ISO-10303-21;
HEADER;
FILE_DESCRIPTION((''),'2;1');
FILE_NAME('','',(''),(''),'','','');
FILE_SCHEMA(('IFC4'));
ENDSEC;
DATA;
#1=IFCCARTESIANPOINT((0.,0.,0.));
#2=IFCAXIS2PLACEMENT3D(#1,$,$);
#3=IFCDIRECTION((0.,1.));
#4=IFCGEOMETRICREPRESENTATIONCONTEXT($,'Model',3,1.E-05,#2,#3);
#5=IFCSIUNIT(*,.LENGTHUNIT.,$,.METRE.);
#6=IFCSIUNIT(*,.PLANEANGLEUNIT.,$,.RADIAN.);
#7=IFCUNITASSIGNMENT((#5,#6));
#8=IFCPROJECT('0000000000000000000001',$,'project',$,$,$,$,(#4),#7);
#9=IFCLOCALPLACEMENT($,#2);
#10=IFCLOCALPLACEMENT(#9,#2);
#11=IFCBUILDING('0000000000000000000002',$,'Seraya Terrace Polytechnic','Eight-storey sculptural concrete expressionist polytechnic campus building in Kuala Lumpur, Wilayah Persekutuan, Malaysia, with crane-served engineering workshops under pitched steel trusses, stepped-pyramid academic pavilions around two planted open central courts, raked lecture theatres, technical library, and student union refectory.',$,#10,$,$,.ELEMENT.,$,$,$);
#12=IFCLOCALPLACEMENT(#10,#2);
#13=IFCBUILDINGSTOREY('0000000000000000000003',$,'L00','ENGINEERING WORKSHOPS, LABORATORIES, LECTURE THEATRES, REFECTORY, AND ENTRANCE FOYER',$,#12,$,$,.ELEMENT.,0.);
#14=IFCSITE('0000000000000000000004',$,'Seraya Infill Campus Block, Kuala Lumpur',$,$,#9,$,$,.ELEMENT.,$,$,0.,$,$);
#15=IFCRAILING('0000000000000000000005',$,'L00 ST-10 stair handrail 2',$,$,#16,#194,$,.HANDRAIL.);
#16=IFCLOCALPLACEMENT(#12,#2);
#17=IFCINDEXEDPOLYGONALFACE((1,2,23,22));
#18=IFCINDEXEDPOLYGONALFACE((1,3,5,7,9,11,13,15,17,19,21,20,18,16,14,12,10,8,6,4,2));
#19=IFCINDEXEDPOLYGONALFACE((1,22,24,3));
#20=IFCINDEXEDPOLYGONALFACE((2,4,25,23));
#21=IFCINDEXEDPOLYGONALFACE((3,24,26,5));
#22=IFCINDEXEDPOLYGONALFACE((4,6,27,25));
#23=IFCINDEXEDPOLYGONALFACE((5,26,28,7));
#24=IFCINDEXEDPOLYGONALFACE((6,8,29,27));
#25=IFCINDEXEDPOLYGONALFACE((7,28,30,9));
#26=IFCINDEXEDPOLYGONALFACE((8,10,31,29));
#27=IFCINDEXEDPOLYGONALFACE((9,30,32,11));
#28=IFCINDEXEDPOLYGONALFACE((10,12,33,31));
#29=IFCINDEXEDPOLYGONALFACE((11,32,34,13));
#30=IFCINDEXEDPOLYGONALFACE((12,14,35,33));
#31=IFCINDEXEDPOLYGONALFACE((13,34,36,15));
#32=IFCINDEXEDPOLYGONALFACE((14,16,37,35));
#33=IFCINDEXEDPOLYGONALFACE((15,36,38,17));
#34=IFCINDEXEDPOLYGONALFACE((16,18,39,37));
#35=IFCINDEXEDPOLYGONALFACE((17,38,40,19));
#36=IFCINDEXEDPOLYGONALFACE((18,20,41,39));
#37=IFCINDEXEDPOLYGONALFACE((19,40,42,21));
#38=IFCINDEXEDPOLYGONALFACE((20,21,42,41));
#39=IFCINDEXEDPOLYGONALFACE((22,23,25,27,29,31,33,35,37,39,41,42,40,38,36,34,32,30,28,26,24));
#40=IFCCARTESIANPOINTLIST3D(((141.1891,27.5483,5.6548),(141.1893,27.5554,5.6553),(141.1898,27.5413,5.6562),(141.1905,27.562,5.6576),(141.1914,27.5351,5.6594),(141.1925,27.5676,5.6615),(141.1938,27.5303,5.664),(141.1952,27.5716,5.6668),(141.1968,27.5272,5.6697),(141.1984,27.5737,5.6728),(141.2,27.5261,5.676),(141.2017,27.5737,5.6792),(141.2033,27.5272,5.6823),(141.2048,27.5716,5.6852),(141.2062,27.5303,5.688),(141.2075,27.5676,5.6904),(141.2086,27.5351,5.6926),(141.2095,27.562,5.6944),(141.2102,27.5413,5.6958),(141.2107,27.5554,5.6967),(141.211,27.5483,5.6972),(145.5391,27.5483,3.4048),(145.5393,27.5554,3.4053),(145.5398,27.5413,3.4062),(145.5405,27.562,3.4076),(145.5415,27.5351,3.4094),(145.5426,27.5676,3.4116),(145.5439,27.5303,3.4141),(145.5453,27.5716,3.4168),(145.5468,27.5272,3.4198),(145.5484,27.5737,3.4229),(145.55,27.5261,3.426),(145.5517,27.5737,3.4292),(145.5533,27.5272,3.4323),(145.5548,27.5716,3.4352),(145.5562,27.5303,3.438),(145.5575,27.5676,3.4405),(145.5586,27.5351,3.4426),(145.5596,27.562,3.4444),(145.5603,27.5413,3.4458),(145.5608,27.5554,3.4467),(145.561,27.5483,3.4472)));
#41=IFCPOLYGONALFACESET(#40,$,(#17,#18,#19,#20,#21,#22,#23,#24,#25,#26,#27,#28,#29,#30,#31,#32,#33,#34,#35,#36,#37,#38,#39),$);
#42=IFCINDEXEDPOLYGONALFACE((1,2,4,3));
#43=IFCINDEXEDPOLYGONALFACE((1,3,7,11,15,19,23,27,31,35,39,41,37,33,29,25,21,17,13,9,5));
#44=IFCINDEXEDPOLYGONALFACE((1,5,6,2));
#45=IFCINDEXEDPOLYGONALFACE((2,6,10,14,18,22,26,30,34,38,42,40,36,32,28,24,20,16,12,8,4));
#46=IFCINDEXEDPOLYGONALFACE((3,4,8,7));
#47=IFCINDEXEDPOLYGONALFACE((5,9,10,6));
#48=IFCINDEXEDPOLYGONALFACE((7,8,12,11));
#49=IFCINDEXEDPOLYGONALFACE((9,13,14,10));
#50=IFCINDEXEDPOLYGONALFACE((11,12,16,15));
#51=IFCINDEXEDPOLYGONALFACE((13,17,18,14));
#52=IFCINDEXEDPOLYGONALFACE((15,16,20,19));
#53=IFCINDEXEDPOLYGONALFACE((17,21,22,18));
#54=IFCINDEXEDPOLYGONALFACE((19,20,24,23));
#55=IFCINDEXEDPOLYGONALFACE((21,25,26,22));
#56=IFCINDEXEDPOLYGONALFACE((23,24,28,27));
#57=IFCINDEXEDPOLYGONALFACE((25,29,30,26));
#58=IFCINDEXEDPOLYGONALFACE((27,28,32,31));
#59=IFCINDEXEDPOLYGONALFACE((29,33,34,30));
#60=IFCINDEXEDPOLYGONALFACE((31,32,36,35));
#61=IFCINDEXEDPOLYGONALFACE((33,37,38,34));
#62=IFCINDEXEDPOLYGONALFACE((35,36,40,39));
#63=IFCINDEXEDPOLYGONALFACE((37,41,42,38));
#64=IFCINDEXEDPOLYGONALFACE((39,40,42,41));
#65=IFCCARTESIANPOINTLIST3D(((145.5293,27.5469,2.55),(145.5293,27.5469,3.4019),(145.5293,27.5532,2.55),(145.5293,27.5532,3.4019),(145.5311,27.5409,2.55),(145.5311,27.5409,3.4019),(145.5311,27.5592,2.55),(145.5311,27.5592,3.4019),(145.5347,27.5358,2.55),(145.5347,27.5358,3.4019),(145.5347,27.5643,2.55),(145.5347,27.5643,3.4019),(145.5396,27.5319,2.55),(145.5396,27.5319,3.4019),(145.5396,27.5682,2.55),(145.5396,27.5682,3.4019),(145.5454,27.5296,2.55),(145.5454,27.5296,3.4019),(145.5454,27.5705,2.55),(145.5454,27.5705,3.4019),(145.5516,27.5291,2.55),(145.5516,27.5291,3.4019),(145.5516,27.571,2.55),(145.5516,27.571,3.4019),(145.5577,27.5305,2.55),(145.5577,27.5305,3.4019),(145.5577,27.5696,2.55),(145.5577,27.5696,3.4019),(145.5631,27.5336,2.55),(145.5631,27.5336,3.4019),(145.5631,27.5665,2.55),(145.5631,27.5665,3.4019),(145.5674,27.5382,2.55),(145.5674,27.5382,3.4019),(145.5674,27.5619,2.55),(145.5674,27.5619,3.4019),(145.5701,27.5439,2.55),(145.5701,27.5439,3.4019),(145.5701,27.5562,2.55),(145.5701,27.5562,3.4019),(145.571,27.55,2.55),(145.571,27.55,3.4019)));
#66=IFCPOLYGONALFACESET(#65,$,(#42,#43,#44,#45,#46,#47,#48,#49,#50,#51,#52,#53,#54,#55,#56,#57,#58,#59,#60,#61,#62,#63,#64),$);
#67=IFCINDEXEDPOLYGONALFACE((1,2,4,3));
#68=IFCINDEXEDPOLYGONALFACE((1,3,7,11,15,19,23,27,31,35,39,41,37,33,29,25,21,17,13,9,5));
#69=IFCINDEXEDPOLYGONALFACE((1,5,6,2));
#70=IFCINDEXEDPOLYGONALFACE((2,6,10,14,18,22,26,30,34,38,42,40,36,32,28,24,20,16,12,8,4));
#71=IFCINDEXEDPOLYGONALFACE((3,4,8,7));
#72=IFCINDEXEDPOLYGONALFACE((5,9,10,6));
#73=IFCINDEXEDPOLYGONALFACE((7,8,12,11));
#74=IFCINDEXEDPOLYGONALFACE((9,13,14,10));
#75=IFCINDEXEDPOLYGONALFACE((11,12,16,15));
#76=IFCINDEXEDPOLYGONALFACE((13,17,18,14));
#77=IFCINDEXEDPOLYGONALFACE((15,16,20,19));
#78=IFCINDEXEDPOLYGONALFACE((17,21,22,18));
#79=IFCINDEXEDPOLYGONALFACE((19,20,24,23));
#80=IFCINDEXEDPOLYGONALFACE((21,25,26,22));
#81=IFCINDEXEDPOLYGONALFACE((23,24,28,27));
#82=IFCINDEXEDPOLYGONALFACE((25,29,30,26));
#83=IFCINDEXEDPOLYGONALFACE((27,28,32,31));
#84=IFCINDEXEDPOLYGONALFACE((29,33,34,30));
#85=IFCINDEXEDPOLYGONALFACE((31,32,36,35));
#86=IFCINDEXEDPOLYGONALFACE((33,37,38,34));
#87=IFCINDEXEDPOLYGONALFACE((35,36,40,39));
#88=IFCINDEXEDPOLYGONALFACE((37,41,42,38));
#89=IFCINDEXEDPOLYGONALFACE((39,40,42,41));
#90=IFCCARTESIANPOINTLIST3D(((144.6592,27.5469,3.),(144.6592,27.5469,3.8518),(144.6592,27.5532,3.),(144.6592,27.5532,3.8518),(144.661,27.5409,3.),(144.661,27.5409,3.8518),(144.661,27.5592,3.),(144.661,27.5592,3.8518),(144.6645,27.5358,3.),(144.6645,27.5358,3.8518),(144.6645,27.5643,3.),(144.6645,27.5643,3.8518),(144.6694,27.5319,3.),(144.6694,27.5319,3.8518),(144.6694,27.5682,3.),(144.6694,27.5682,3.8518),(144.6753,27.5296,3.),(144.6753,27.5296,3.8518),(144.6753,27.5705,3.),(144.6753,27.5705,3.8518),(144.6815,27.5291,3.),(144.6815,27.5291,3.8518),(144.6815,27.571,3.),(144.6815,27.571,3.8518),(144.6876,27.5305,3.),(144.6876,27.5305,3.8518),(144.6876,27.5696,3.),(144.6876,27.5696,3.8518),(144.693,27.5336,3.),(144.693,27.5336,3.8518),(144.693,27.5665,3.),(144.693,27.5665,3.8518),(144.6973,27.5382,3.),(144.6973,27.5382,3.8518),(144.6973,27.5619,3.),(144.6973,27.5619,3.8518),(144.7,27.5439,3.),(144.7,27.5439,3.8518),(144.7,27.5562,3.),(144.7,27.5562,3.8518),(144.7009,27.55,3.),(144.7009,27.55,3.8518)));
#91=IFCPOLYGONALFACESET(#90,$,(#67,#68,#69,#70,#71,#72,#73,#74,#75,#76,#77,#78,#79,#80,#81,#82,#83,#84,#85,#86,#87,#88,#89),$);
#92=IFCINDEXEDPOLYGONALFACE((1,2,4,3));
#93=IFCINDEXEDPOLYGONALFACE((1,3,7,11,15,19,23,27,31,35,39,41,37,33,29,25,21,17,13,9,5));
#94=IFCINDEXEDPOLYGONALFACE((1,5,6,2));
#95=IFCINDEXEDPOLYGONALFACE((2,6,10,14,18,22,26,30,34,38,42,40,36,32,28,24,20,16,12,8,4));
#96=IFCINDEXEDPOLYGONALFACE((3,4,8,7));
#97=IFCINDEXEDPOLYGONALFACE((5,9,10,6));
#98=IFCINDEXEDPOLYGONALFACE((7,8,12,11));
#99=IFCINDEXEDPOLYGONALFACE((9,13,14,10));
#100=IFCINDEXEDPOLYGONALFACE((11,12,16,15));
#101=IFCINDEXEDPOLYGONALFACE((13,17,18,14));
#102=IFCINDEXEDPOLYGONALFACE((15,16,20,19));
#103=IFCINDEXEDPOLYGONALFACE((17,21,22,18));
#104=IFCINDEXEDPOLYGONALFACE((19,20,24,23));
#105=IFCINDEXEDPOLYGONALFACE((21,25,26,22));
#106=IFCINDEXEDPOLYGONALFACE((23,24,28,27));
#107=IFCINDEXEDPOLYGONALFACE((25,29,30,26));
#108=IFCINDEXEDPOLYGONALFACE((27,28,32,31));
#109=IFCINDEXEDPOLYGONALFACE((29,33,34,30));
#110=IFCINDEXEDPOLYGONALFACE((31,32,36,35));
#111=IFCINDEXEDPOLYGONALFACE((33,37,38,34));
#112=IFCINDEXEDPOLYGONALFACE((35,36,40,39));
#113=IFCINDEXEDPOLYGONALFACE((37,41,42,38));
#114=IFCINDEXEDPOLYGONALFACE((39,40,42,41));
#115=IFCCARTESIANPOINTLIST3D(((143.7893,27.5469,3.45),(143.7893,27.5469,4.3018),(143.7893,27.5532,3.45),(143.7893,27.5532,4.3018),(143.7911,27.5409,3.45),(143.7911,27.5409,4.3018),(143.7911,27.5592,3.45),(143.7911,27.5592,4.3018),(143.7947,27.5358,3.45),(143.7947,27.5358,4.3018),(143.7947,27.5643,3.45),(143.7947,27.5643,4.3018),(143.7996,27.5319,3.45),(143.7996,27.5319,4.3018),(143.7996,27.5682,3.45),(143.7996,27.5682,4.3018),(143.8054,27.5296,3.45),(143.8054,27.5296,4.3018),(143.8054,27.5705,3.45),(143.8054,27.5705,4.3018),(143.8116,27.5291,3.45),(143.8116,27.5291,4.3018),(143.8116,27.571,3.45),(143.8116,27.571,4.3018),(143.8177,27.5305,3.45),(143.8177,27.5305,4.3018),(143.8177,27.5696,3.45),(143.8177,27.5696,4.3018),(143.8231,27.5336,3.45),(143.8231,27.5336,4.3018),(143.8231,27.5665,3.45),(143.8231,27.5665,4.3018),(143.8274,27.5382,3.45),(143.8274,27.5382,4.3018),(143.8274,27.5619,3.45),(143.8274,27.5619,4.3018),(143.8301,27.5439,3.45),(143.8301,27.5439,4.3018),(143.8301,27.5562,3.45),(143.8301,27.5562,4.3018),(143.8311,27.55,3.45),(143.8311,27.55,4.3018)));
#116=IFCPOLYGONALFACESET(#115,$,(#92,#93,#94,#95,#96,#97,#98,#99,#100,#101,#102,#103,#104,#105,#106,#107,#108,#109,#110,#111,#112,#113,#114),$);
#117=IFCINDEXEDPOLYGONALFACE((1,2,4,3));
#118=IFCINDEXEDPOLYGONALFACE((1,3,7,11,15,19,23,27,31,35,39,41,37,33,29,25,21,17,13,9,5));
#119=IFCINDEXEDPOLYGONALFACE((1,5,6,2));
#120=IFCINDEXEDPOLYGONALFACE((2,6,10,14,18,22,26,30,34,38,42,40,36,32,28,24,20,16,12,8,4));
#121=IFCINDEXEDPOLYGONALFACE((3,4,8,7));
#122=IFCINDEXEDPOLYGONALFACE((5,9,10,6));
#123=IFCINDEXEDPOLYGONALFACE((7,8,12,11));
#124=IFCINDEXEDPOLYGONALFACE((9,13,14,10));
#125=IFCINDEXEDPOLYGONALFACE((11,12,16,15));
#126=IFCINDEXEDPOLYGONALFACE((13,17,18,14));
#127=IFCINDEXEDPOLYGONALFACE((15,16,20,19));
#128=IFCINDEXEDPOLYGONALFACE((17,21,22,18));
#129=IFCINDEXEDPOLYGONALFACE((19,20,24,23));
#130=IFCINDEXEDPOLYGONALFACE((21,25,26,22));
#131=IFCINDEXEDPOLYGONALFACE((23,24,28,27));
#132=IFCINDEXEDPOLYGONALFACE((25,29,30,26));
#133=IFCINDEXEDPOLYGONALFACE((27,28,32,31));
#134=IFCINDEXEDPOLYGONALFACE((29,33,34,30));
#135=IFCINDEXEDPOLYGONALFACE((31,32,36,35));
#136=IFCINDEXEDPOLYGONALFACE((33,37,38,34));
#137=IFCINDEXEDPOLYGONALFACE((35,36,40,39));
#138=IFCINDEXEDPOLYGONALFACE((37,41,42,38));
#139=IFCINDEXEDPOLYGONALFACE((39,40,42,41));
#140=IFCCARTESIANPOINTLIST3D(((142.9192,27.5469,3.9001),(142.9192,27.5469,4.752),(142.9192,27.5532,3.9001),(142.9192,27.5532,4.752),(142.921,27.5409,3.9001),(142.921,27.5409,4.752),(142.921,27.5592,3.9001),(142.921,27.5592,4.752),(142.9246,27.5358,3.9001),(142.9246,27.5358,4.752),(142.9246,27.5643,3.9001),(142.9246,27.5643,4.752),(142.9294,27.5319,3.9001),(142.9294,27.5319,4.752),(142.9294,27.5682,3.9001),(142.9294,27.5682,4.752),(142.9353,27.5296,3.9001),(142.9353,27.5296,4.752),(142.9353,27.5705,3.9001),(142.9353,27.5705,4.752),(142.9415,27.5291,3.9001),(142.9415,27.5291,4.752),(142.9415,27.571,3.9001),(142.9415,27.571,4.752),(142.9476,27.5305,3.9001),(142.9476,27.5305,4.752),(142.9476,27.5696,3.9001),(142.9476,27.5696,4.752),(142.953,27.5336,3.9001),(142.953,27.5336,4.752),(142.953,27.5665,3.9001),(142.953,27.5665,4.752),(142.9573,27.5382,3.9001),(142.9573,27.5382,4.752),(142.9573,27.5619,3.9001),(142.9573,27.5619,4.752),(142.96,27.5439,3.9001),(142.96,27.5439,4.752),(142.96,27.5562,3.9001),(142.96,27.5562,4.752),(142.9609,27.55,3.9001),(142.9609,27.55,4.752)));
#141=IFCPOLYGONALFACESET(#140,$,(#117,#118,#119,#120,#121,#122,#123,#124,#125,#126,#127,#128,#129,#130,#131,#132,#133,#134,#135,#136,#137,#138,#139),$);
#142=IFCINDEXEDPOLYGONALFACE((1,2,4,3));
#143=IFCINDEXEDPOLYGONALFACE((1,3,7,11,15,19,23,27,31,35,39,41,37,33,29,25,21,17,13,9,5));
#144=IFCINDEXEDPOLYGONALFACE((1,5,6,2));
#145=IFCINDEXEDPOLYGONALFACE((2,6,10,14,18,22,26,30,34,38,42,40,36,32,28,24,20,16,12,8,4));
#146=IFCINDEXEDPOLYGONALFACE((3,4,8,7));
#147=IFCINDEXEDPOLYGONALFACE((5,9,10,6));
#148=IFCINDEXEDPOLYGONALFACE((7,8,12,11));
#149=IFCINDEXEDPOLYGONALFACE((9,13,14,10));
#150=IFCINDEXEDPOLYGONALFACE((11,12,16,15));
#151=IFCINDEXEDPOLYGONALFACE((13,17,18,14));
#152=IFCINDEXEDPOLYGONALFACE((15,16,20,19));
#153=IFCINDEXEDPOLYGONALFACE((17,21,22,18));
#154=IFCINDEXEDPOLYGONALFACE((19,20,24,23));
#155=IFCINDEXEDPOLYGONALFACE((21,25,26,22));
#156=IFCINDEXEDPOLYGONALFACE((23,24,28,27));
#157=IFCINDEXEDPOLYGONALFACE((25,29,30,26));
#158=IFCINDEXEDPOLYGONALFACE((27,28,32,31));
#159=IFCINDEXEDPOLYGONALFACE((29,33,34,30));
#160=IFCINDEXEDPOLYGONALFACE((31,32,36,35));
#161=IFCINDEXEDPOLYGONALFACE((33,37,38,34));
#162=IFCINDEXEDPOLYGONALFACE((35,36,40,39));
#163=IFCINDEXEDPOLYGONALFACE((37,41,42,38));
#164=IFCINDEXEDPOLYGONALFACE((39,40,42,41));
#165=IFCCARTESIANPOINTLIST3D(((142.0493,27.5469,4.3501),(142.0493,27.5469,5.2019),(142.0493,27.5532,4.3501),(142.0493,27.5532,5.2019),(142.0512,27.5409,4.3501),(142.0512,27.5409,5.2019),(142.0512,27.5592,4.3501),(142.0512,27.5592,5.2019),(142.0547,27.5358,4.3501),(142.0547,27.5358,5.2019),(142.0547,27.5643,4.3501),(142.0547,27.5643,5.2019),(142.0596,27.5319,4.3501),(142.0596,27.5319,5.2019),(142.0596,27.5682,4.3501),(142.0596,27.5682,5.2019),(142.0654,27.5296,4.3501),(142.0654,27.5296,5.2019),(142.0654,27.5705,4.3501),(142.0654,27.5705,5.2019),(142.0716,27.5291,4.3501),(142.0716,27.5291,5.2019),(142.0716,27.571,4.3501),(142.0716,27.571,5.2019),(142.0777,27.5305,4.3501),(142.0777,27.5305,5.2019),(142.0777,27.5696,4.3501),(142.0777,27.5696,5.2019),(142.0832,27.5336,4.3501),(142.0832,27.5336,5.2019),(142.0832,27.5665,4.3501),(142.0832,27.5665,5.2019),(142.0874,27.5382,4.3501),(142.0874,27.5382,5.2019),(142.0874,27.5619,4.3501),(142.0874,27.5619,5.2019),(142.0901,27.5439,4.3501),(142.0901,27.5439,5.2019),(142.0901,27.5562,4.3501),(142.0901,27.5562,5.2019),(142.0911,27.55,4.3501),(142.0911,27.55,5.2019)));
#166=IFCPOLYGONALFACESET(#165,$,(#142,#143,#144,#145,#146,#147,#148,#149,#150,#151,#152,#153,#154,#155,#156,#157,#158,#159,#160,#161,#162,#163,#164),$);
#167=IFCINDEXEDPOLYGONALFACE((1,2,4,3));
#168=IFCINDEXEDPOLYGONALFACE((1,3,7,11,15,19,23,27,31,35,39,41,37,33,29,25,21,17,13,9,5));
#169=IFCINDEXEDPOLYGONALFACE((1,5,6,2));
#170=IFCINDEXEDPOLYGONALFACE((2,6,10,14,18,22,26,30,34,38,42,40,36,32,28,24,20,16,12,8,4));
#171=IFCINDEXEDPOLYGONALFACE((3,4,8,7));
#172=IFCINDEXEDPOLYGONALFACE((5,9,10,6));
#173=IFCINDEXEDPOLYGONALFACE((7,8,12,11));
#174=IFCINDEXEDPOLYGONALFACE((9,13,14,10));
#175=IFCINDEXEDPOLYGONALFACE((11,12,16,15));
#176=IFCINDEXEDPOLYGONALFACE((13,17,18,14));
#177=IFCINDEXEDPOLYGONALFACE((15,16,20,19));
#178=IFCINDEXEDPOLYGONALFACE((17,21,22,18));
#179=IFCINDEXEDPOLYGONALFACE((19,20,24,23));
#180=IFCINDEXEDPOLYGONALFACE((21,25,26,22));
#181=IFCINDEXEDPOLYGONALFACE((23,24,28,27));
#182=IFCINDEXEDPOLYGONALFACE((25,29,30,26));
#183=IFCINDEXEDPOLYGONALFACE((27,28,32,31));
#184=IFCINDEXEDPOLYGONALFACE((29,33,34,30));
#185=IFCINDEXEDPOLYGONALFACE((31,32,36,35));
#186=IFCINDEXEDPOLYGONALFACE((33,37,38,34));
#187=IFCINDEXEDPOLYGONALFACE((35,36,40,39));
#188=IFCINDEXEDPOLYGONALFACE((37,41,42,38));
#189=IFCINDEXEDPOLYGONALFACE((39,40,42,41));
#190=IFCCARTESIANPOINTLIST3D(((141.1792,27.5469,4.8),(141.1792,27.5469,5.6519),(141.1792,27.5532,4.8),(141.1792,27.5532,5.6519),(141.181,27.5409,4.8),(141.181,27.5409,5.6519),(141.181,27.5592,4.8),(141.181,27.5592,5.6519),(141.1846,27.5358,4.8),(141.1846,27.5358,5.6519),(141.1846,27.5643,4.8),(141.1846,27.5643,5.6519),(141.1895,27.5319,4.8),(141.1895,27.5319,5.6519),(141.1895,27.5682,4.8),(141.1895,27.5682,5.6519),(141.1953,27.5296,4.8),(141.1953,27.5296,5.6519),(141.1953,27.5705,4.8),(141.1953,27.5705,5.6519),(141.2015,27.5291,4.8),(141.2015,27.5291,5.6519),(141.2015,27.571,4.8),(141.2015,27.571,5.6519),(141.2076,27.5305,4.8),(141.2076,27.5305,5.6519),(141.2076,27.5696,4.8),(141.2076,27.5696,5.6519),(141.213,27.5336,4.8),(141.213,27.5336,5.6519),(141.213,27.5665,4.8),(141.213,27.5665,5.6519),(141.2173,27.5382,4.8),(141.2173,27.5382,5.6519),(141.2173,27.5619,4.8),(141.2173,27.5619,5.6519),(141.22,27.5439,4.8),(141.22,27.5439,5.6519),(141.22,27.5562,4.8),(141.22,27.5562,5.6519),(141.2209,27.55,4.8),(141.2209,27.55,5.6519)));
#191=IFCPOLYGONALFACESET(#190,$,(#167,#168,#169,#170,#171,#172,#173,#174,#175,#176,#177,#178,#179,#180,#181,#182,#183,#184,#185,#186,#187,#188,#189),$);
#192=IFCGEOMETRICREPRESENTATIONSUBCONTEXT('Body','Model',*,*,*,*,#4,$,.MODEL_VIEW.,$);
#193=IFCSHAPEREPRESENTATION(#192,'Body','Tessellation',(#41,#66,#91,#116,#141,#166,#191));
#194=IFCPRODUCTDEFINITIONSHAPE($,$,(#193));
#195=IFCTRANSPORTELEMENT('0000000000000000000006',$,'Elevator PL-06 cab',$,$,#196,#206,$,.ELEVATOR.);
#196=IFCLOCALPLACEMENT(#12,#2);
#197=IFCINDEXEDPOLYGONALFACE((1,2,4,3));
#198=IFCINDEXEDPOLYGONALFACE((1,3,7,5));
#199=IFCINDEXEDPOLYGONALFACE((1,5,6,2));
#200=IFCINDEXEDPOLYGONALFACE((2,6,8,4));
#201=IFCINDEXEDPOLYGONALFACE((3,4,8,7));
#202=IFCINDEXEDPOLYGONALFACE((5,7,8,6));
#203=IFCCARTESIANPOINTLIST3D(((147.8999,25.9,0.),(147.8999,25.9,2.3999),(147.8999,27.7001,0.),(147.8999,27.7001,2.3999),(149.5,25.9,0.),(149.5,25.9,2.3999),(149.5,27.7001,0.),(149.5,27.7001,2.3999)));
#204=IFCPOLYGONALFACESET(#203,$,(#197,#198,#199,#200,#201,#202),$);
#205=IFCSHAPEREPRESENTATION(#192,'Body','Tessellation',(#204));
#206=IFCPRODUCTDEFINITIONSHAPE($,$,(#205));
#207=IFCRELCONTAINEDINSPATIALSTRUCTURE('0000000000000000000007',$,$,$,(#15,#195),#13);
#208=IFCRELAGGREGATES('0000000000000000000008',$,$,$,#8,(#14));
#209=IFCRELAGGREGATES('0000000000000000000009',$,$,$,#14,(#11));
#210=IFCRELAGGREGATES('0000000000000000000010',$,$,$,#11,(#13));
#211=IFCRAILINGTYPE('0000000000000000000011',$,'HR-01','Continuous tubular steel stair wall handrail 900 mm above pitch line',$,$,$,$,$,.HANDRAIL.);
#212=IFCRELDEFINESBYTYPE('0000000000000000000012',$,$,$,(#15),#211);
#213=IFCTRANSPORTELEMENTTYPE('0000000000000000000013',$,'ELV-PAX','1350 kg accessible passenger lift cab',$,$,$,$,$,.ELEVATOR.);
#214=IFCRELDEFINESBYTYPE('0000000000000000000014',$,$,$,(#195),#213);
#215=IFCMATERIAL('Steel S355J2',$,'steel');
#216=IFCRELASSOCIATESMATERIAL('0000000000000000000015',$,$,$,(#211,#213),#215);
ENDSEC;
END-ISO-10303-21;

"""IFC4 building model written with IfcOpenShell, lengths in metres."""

from ifc_helpers import new_model, si_unit, direction, frame, origin, origin_2d, place, context, subcontext, project, spatial, rectangle, circle, extrude, material, type_object, element, save


model = new_model("IFC4")

# Units and contexts
model_context = context("Model", 3, precision=1e-05, world=origin(), true_north=direction((0.0, 1.0)))
body_context = subcontext(model_context, "Body", "Model", "MODEL_VIEW")
ifc_project = project(units=[si_unit("LENGTHUNIT", "METRE"), si_unit("PLANEANGLEUNIT", "RADIAN")], contexts=[model_context])

# Site, building, storey
site_placement = place(None, origin())
site = spatial("IfcSite", under=ifc_project, at=site_placement, Name="Seraya Infill Campus Block, Kuala Lumpur", CompositionType="ELEMENT", RefElevation=0.0)
building_placement = place(site_placement, origin())
building = spatial("IfcBuilding", under=site, at=building_placement, Name="Seraya Terrace Polytechnic", Description="Eight-storey sculptural concrete expressionist polytechnic campus building in Kuala Lumpur, Wilayah Persekutuan, Malaysia, with crane-served engineering workshops under pitched steel trusses, stepped-pyramid academic pavilions around two planted open central courts, raked lecture theatres, technical library, and student union refectory.", CompositionType="ELEMENT")
storey_placement = place(building_placement, origin())
storey = spatial("IfcBuildingStorey", under=building, at=storey_placement, Name="L00", Description="ENGINEERING WORKSHOPS, LABORATORIES, LECTURE THEATRES, REFECTORY, AND ENTRANCE FOYER", CompositionType="ELEMENT", Elevation=0.0)

# Shared definitions
ifc_material_1 = material(Name="Steel S355J2", Category="steel")

# Railing
railing_type_1 = type_object("IfcRailingType", Name="HR-01", Description="Continuous tubular steel stair wall handrail 900 mm above pitch line", PredefinedType="HANDRAIL", material=ifc_material_1)
railing_1_placement = place(storey_placement, frame((145.55, 27.55, 2.55)))
element("IfcRailing", 1, at=railing_1_placement, inside=storey, type_object=railing_type_1, Name="L00 ST-10 stair handrail 2", PredefinedType="HANDRAIL", context=body_context, shape_type="SweptSolid", body=[
    extrude(circle(Radius=0.0239, at=origin_2d()), frame((0.0, 0.0, 0.876), z_axis=(-0.888222, 0.0, 0.459415), x_axis=(0.0, -1.0, 0.0)), (0.0, 0.0, 1.0), 4.8975),
    extrude(circle(Radius=0.021, at=origin_2d()), origin(), (0.0, 0.0, 1.0), 0.8518),
    extrude(circle(Radius=0.021, at=origin_2d()), frame((-0.8701, 0.0, 0.45)), (0.0, 0.0, 1.0), 0.8518),
    extrude(circle(Radius=0.021, at=origin_2d()), frame((-1.74, 0.0, 0.8999)), (0.0, 0.0, 1.0), 0.8518),
    extrude(circle(Radius=0.021, at=origin_2d()), frame((-2.6101, 0.0, 1.3501)), (0.0, 0.0, 1.0), 0.8518),
    extrude(circle(Radius=0.021, at=origin_2d()), frame((-3.48, 0.0, 1.8)), (0.0, 0.0, 1.0), 0.8518),
    extrude(circle(Radius=0.021, at=origin_2d()), frame((-4.3501, 0.0, 2.25)), (0.0, 0.0, 1.0), 0.8518),
])

# Transport element
transport_element_type = type_object("IfcTransportElementType", Name="ELV-PAX", Description="1350 kg accessible passenger lift cab", PredefinedType="ELEVATOR", material=ifc_material_1)
transport_element_placement = place(storey_placement, frame((148.7, 26.8, 0.0), z_axis=(0.0, 0.0, 1.0), x_axis=(1.0, 0.0, 0.0)))
element("IfcTransportElement", 2, at=transport_element_placement, inside=storey, type_object=transport_element_type, Name="Elevator PL-06 cab", PredefinedType="ELEVATOR", context=body_context, shape_type="SweptSolid", body=[
    extrude(rectangle(XDim=1.6001, YDim=1.8, at=origin_2d()), origin(), (0.0, 0.0, 1.0), 2.3999),
])

save(model, "model.ifc")
